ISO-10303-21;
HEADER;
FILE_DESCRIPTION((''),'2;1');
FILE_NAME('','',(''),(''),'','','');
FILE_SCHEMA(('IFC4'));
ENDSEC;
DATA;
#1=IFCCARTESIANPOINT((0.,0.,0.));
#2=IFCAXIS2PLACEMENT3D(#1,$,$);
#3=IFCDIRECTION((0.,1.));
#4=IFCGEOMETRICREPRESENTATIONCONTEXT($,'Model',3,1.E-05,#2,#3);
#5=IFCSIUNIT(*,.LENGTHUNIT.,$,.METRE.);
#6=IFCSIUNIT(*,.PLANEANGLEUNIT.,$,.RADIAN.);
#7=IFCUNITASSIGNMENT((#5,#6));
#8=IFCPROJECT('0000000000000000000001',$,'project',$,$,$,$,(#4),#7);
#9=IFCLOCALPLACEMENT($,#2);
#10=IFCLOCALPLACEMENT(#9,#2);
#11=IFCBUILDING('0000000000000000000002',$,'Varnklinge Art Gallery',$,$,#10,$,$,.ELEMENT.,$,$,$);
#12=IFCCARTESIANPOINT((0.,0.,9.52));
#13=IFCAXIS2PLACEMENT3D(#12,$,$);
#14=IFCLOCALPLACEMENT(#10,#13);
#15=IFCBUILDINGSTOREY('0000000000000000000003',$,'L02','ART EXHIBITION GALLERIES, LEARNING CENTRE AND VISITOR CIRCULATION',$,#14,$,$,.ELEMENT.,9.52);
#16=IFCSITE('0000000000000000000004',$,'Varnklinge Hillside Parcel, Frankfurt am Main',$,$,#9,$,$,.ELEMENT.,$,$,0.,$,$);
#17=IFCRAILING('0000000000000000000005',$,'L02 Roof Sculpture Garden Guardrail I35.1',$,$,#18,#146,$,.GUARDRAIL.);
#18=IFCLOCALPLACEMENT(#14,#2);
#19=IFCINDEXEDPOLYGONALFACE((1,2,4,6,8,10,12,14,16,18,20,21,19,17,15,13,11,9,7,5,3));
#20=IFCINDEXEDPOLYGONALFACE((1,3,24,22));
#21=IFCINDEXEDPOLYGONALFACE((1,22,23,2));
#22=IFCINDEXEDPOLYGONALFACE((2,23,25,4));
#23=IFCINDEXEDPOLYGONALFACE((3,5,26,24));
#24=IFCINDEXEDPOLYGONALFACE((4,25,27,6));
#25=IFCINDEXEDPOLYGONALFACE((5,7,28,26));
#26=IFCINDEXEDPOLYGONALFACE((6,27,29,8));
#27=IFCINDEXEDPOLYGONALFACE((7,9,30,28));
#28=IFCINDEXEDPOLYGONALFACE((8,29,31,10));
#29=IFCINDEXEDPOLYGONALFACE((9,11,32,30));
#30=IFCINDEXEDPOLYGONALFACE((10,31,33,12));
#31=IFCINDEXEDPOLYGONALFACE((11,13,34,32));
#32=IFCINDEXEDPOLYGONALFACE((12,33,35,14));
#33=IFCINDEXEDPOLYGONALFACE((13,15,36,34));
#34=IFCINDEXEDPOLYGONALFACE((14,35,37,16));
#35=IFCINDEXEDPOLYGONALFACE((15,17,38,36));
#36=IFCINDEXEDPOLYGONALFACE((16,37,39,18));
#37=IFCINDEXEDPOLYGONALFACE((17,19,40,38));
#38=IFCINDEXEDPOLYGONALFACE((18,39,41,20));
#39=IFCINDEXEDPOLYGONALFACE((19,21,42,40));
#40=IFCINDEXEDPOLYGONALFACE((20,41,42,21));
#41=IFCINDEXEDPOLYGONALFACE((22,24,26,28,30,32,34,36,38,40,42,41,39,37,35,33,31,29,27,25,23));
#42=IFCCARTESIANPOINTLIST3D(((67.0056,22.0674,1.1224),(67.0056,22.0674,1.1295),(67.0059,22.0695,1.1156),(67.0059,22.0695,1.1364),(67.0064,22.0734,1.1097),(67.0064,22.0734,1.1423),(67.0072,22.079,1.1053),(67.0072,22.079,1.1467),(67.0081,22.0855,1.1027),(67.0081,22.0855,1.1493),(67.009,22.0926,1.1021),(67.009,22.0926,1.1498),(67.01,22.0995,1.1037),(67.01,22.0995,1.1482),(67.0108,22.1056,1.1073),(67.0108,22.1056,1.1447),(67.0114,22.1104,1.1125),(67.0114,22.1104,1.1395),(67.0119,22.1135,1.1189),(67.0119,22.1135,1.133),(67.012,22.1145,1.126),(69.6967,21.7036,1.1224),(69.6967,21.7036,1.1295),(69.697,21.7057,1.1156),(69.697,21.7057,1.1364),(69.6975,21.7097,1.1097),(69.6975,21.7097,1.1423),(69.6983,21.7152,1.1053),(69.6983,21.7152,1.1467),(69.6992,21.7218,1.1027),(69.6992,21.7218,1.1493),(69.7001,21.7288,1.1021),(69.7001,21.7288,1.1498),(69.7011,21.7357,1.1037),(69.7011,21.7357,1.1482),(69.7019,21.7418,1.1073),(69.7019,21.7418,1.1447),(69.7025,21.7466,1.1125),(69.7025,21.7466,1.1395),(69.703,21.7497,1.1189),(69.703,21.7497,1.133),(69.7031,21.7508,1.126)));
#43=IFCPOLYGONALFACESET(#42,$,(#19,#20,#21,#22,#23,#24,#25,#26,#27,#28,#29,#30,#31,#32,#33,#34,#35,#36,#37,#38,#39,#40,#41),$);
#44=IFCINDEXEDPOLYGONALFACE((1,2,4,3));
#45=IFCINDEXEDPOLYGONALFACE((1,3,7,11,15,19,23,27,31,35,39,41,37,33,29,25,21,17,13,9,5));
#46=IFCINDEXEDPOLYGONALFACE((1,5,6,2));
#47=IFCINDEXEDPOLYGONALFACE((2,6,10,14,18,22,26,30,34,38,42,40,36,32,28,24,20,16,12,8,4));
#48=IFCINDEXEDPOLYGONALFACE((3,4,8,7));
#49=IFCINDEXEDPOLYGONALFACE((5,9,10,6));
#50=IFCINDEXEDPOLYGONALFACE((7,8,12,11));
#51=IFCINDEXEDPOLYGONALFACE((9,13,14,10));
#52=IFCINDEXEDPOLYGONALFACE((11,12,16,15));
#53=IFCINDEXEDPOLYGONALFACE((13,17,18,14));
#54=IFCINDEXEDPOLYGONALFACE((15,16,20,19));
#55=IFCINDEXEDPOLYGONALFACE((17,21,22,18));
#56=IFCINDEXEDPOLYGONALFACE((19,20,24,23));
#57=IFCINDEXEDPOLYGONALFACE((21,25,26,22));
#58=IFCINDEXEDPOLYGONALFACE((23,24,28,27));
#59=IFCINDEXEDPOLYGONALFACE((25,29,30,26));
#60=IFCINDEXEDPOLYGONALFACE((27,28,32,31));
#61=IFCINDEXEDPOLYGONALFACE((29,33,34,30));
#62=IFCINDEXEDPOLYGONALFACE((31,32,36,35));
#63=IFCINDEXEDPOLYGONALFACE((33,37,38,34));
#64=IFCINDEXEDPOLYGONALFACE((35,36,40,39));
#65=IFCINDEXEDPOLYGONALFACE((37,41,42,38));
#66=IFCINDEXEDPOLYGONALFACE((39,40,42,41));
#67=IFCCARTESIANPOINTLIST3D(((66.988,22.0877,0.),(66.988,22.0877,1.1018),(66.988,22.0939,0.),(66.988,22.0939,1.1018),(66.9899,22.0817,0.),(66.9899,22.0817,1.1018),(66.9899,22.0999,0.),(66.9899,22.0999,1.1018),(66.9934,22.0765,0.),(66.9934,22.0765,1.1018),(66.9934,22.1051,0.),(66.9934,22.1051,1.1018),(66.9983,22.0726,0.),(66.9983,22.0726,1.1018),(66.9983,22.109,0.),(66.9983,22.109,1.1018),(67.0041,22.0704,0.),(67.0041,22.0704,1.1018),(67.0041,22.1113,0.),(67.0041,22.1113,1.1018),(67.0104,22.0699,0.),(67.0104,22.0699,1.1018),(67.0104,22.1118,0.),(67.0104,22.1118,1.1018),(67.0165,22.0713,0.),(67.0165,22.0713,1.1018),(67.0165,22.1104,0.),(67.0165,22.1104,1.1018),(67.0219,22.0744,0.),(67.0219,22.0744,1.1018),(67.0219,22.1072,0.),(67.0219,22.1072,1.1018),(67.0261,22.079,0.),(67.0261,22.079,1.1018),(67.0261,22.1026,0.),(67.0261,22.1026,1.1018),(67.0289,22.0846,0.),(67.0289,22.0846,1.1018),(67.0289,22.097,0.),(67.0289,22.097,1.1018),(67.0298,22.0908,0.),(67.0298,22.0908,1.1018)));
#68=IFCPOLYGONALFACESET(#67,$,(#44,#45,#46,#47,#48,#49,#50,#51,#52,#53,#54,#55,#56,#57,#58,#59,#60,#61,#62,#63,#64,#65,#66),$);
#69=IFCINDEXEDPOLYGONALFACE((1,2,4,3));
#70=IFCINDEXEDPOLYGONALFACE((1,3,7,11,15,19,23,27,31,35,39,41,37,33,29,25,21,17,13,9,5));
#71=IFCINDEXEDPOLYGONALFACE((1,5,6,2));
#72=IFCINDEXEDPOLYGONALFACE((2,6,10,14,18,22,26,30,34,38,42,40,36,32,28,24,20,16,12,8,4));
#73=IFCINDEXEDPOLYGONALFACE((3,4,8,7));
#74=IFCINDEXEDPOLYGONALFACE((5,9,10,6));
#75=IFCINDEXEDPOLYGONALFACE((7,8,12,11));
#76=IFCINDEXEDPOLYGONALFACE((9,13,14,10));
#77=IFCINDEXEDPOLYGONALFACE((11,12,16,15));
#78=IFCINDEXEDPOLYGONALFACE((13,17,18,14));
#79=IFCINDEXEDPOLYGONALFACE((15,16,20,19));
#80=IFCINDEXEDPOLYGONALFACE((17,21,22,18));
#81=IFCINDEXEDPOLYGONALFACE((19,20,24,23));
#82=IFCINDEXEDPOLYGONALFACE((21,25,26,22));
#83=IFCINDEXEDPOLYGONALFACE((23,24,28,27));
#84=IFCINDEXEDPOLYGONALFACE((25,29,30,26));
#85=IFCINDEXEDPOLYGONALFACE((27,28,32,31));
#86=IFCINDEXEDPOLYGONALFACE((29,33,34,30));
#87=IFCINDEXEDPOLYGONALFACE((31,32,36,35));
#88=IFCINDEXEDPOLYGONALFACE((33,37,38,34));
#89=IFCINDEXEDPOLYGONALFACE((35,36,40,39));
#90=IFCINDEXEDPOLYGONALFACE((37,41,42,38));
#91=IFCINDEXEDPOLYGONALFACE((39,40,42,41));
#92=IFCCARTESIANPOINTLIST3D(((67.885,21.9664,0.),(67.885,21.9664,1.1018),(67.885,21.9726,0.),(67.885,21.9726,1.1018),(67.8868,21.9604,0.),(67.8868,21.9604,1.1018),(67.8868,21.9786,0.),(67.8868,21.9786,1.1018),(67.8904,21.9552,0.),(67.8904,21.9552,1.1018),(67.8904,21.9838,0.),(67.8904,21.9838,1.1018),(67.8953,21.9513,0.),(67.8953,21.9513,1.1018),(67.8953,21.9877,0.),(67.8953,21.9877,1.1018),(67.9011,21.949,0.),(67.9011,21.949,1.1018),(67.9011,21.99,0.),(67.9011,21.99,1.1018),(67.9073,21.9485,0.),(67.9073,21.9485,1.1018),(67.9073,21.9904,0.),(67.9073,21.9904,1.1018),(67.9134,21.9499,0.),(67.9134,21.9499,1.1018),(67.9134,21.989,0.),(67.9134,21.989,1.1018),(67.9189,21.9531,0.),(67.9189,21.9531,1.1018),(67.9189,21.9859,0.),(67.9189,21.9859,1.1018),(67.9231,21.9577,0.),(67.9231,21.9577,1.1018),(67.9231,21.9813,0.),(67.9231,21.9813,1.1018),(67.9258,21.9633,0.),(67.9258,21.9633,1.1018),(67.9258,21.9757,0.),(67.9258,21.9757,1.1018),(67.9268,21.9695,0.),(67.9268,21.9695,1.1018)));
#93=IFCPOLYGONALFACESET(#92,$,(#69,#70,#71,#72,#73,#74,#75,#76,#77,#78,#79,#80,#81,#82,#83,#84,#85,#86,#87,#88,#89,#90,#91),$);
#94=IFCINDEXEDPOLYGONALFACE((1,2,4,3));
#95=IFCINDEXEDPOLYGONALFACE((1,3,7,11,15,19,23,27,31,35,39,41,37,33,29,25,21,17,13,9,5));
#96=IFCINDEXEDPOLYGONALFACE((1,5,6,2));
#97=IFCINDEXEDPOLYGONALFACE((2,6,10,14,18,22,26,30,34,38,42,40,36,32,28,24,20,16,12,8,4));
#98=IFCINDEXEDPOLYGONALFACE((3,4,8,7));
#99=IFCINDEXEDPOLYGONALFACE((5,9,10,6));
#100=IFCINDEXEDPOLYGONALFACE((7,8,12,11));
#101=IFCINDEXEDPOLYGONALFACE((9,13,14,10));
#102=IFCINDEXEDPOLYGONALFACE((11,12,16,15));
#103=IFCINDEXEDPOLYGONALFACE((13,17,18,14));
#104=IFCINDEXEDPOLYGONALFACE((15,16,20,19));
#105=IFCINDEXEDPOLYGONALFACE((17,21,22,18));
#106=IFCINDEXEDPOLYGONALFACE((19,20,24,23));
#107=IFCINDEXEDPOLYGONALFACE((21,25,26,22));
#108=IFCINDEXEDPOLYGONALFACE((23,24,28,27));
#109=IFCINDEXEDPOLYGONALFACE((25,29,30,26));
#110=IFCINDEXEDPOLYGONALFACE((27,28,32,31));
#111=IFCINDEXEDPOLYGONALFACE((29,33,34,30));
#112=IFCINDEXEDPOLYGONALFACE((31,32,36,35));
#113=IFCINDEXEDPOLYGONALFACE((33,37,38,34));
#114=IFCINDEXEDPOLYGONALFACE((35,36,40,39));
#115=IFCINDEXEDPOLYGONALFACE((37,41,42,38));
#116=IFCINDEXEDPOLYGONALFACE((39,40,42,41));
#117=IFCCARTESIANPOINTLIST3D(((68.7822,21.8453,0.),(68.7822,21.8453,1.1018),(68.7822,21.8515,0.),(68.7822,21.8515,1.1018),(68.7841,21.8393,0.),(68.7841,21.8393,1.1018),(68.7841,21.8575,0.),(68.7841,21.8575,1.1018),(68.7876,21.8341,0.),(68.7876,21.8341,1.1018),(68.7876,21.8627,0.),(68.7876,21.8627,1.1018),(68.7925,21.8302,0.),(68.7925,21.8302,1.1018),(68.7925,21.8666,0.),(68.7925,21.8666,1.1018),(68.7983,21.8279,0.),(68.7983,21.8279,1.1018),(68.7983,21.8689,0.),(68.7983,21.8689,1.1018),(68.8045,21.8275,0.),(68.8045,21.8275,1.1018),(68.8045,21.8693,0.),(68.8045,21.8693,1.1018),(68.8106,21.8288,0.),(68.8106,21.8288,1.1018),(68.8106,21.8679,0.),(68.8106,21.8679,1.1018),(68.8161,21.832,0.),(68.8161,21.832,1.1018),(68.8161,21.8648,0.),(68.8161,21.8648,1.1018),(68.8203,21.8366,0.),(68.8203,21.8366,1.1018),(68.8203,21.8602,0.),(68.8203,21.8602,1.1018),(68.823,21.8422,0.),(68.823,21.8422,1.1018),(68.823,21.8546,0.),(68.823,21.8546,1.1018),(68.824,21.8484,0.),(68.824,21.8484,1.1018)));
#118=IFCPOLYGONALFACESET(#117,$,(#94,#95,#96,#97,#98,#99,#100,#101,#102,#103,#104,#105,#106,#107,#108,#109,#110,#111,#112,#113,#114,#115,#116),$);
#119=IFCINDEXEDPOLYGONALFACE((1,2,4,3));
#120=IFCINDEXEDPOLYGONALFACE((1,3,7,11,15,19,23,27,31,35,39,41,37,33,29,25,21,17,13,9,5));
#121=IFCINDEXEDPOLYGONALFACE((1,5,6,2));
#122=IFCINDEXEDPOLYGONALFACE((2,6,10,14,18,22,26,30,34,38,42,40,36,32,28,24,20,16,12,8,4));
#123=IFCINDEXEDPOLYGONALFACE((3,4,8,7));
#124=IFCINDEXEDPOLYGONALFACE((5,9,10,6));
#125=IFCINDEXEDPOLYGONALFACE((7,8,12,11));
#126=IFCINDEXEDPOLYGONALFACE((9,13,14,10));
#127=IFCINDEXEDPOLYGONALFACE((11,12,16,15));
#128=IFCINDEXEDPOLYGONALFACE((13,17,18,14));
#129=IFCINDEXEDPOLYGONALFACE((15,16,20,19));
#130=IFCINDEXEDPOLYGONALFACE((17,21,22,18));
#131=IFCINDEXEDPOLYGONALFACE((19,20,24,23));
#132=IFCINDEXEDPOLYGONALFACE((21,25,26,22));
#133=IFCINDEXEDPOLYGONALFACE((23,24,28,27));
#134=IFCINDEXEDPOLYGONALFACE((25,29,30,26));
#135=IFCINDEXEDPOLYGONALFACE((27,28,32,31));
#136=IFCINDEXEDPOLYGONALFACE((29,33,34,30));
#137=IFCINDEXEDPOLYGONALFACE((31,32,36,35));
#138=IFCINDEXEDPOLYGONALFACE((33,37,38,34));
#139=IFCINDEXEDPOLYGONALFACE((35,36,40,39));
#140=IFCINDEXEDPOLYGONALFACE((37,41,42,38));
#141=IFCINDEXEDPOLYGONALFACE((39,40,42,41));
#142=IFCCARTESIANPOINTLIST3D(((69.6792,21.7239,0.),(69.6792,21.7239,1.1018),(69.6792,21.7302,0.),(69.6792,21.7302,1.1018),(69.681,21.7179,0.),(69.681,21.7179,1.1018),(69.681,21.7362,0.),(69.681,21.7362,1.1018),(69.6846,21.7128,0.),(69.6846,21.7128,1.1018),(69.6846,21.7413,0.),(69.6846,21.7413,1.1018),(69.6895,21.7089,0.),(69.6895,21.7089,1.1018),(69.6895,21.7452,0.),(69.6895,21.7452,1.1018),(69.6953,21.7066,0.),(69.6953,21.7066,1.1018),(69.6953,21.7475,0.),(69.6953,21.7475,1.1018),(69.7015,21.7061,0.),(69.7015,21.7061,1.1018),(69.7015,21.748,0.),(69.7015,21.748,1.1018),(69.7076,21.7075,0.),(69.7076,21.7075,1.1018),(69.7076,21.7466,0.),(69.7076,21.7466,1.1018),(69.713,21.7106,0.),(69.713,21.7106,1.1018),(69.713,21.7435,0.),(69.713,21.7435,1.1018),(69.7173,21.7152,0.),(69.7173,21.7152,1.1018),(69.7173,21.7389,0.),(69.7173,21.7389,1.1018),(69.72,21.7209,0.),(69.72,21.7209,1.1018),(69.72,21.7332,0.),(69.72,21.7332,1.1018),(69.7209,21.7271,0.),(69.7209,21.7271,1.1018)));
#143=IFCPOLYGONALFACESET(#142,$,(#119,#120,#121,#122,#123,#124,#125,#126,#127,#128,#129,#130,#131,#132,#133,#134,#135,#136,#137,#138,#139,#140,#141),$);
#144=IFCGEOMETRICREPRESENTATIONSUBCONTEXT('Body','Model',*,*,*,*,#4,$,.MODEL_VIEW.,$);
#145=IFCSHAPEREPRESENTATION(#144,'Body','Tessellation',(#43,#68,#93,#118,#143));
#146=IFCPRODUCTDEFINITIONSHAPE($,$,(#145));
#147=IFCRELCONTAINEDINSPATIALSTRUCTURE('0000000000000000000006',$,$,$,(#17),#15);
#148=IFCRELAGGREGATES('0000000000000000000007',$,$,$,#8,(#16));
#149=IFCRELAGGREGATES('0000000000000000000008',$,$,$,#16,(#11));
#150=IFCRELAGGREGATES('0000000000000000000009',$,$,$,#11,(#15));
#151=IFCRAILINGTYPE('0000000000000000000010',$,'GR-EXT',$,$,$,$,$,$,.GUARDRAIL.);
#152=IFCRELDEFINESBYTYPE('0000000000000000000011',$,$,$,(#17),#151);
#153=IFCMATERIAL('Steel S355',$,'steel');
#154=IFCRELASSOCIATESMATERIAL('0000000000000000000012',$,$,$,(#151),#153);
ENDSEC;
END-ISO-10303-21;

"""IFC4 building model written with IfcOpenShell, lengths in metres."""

from ifc_helpers import new_model, si_unit, direction, frame, origin, origin_2d, place, context, subcontext, project, spatial, circle, extrude, material, type_object, element, save


model = new_model("IFC4")

# Units and contexts
model_context = context("Model", 3, precision=1e-05, world=origin(), true_north=direction((0.0, 1.0)))
body_context = subcontext(model_context, "Body", "Model", "MODEL_VIEW")
ifc_project = project(units=[si_unit("LENGTHUNIT", "METRE"), si_unit("PLANEANGLEUNIT", "RADIAN")], contexts=[model_context])

# Site, building, storey
site_placement = place(None, origin())
site = spatial("IfcSite", under=ifc_project, at=site_placement, Name="Varnklinge Hillside Parcel, Frankfurt am Main", CompositionType="ELEMENT", RefElevation=0.0)
building_placement = place(site_placement, origin())
building = spatial("IfcBuilding", under=site, at=building_placement, Name="Varnklinge Art Gallery", CompositionType="ELEMENT")
storey_placement = place(building_placement, frame((0.0, 0.0, 9.52)))
storey = spatial("IfcBuildingStorey", under=building, at=storey_placement, Name="L02", Description="ART EXHIBITION GALLERIES, LEARNING CENTRE AND VISITOR CIRCULATION", CompositionType="ELEMENT", Elevation=9.52)

# Railing
ifc_material_1 = material(Name="Steel S355", Category="steel")
railing_type = type_object("IfcRailingType", Name="GR-EXT", PredefinedType="GUARDRAIL", material=ifc_material_1)
railing_1_placement = place(storey_placement, frame((67.0088, 22.0908, 0.0)))
element("IfcRailing", 1, at=railing_1_placement, inside=storey, type_object=railing_type, Name="L02 Roof Sculpture Garden Guardrail I35.1", PredefinedType="GUARDRAIL", context=body_context, shape_type="SweptSolid", body=[
    extrude(circle(Radius=0.0239, at=origin_2d()), frame((0.0, 0.0, 1.126), z_axis=(0.990988, -0.133954, 0.0), x_axis=(0.133954, 0.990988, 0.0)), (0.0, 0.0, 1.0), 2.7156),
    extrude(circle(Radius=0.021, at=origin_2d()), origin(), (0.0, 0.0, 1.0), 1.1018),
    extrude(circle(Radius=0.021, at=origin_2d()), frame((0.897, -0.1213, 0.0)), (0.0, 0.0, 1.0), 1.1018),
    extrude(circle(Radius=0.021, at=origin_2d()), frame((1.7942, -0.2424, 0.0)), (0.0, 0.0, 1.0), 1.1018),
    extrude(circle(Radius=0.021, at=origin_2d()), frame((2.6912, -0.3638, 0.0)), (0.0, 0.0, 1.0), 1.1018),
])

save(model, "model.ifc")
